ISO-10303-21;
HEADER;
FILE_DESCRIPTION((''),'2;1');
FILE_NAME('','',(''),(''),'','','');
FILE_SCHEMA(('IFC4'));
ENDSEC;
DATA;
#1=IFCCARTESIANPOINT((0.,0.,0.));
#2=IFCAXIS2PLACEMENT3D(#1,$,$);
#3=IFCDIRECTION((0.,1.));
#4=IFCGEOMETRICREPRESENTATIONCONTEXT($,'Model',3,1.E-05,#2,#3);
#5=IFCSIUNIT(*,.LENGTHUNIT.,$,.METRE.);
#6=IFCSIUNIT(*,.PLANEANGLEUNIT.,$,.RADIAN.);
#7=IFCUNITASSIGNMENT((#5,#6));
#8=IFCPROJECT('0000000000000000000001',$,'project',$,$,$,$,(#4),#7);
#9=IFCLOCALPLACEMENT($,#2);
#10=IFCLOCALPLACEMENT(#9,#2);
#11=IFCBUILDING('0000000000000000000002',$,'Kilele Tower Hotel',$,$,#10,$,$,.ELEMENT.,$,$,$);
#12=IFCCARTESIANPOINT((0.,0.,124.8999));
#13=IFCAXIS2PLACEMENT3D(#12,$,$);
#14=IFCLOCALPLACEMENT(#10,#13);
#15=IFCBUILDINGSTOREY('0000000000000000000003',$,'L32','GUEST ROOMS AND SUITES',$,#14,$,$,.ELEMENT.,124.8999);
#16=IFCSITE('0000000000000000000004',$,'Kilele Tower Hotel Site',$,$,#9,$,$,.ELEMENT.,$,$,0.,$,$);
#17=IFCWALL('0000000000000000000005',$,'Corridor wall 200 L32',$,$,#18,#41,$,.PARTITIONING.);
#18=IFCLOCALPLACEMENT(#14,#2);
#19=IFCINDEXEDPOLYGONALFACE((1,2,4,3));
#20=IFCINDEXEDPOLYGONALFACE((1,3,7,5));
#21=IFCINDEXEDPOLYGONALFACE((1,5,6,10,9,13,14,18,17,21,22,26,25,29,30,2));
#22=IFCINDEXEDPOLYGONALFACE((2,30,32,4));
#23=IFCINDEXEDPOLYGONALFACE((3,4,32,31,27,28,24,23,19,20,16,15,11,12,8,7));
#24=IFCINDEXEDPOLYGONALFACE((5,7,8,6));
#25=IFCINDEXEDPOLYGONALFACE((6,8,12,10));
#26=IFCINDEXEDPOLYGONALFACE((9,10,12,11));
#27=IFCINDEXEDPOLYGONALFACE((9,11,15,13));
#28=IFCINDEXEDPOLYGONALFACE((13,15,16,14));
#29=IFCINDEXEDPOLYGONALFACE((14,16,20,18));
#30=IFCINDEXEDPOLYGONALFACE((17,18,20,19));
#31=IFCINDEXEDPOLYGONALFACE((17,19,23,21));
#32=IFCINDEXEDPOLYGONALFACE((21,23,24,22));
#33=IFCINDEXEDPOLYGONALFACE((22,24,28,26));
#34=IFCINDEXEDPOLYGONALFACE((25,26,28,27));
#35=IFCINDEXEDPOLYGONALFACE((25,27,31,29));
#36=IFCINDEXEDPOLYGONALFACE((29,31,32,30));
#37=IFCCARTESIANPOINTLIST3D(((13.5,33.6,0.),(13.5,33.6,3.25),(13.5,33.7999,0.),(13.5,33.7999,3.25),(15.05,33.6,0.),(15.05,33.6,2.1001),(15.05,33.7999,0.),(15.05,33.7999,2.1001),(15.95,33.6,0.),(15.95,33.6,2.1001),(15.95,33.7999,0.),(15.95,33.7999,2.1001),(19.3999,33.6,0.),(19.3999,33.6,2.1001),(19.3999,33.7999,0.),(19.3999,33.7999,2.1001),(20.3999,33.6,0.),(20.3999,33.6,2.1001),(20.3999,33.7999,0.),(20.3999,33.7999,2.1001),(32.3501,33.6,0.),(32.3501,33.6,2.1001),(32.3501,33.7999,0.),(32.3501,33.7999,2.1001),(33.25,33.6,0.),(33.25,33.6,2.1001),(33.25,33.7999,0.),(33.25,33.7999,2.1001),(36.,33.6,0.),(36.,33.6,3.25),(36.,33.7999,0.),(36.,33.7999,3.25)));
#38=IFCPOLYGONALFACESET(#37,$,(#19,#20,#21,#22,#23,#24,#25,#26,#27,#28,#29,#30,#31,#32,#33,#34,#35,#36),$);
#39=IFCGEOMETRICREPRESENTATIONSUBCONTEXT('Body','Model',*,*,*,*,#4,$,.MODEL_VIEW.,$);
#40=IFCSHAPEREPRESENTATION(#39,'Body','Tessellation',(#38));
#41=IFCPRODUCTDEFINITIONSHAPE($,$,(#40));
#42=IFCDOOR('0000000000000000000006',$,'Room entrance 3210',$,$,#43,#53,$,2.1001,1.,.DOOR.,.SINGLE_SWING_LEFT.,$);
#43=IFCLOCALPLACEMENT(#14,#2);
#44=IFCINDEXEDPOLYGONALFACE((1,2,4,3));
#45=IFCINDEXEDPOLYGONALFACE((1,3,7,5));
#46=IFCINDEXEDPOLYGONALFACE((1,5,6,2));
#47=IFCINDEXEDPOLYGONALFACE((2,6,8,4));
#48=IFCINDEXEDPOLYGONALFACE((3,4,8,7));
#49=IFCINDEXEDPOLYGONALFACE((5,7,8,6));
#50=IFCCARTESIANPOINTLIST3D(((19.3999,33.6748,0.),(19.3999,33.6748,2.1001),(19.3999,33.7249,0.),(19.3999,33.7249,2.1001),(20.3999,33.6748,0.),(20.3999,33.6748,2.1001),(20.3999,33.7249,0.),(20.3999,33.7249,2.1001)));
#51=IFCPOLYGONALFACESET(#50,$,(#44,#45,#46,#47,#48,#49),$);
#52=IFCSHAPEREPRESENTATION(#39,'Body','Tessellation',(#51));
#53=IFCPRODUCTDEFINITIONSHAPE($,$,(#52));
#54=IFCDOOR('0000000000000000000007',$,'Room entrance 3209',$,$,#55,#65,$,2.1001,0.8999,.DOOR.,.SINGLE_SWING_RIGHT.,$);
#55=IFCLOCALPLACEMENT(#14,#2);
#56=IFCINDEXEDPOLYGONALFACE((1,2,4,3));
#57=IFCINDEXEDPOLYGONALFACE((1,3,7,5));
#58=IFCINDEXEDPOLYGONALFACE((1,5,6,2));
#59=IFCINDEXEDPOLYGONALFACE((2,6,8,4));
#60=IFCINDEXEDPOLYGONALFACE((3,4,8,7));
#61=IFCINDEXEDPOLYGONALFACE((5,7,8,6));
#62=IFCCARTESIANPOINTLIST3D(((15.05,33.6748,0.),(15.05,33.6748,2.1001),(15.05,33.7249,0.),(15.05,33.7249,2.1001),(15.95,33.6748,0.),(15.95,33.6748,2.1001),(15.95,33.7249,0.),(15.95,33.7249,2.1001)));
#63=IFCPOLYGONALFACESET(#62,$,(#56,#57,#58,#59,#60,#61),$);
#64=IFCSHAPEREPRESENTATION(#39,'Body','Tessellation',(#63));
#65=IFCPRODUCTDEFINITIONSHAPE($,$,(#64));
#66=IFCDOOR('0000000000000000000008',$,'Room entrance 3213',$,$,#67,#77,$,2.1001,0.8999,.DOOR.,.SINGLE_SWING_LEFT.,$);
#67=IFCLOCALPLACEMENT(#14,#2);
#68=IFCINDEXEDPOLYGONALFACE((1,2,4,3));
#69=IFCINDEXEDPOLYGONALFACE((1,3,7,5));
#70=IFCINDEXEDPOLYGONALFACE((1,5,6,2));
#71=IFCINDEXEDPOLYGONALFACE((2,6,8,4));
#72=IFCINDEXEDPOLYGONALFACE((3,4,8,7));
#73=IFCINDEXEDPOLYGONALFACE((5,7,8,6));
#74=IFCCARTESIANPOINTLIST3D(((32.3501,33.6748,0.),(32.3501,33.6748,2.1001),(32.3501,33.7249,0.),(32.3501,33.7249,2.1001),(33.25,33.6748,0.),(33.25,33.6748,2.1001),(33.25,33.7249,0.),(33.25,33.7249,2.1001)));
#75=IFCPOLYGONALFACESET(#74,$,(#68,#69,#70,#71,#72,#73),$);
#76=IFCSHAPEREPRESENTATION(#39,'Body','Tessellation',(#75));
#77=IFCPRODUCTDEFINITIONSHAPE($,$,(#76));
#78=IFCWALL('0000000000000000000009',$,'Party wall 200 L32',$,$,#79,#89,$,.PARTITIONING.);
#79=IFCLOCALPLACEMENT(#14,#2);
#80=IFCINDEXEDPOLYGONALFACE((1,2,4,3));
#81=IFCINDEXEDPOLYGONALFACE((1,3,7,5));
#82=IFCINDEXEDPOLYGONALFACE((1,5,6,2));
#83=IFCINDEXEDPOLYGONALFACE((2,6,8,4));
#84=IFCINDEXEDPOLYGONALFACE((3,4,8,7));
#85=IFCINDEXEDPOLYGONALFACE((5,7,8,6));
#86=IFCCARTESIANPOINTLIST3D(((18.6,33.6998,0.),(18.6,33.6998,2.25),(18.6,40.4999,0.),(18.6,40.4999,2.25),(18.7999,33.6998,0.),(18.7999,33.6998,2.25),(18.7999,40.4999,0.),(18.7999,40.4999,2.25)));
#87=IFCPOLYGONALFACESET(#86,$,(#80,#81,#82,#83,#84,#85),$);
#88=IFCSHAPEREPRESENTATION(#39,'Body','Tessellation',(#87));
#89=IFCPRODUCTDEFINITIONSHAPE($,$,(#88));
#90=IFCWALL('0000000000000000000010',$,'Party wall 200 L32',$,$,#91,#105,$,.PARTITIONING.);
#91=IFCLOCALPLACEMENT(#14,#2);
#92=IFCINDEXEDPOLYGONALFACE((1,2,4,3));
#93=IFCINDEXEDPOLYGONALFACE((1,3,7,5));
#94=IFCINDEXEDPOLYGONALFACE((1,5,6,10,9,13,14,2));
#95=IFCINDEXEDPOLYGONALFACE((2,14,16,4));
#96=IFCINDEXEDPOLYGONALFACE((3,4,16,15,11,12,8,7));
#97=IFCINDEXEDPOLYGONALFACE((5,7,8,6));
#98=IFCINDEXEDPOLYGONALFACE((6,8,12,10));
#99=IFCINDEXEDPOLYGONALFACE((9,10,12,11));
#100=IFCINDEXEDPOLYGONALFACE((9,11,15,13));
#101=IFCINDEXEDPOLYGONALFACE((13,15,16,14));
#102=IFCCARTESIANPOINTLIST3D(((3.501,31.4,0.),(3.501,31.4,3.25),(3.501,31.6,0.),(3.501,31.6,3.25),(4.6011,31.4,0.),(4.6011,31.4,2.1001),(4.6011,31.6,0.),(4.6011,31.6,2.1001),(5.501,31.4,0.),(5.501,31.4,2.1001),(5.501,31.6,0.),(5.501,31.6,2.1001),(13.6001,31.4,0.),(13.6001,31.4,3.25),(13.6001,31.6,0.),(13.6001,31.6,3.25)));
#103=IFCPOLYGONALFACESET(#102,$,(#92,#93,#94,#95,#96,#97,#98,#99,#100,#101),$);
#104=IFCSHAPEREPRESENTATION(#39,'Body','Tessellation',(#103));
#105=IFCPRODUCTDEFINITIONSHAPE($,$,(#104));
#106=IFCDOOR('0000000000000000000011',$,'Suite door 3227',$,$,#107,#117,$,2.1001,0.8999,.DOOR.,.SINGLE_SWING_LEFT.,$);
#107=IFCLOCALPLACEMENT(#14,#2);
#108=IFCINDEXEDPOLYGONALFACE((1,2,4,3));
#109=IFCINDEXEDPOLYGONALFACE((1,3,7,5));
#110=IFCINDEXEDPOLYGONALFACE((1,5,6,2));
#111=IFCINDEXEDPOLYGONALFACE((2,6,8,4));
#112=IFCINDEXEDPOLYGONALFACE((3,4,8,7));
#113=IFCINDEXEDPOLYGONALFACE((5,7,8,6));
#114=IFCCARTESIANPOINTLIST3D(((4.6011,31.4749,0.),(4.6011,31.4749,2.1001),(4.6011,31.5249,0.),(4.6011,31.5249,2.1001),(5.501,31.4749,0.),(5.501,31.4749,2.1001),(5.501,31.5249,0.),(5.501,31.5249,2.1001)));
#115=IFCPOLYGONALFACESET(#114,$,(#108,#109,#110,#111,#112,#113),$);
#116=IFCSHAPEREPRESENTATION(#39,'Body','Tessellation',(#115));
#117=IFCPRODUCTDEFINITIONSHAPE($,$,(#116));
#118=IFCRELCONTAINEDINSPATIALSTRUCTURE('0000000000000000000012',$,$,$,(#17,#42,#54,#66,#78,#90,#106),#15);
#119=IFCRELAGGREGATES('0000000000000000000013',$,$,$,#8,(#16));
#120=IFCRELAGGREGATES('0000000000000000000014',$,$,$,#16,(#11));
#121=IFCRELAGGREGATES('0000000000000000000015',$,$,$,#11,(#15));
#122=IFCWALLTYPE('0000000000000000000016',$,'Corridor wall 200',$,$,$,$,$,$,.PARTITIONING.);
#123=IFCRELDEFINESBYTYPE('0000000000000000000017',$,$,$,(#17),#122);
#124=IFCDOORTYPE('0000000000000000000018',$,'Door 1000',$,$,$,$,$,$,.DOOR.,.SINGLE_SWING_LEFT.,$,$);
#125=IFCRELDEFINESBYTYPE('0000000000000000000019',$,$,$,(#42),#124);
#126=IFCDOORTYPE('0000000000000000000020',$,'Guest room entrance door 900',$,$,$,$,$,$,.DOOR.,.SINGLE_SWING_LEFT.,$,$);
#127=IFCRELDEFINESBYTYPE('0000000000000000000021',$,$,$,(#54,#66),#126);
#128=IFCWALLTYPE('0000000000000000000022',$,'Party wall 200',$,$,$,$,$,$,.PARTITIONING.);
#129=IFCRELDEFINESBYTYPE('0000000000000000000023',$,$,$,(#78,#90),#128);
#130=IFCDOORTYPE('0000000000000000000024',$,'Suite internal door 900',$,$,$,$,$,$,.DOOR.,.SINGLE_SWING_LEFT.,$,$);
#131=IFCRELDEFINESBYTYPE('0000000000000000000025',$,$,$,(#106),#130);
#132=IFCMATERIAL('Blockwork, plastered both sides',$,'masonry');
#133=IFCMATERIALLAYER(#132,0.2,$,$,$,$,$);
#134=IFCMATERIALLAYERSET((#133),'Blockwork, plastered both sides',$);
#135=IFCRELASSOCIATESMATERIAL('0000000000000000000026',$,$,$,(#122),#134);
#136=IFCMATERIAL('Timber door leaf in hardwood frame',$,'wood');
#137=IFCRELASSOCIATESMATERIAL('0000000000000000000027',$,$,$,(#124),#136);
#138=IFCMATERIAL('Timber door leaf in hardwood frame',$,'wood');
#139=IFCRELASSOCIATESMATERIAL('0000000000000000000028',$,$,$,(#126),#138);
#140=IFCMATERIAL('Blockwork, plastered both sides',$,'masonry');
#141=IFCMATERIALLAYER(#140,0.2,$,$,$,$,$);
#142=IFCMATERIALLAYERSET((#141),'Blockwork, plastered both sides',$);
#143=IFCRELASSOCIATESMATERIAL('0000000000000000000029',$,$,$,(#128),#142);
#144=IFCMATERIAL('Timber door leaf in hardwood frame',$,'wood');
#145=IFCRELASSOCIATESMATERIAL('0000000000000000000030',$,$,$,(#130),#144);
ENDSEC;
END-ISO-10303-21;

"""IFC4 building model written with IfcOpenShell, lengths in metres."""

from ifc_helpers import new_model, si_unit, direction, frame, frame_2d, origin, place, context, subcontext, project, spatial, rectangle, extrude, material, layer, layer_set, type_object, element, fill, save


model = new_model("IFC4")

# Units and contexts
model_context = context("Model", 3, precision=1e-05, world=origin(), true_north=direction((0.0, 1.0)))
body_context = subcontext(model_context, "Body", "Model", "MODEL_VIEW")
ifc_project = project(units=[si_unit("LENGTHUNIT", "METRE"), si_unit("PLANEANGLEUNIT", "RADIAN")], contexts=[model_context])

# Site, building, storey
site_placement = place(None, origin())
site = spatial("IfcSite", under=ifc_project, at=site_placement, Name="Kilele Tower Hotel Site", CompositionType="ELEMENT", RefElevation=0.0)
building_placement = place(site_placement, origin())
building = spatial("IfcBuilding", under=site, at=building_placement, Name="Kilele Tower Hotel", CompositionType="ELEMENT")
storey_placement = place(building_placement, frame((0.0, 0.0, 124.8999)))
storey = spatial("IfcBuildingStorey", under=building, at=storey_placement, Name="L32", Description="GUEST ROOMS AND SUITES", CompositionType="ELEMENT", Elevation=124.8999)

# Wall, openings, doors
ifc_material_1 = material(Name="Blockwork, plastered both sides", Category="masonry")
ifc_layer_1 = layer(ifc_material_1, 0.2)
ifc_layer_set_1 = layer_set([ifc_layer_1], Name="Blockwork, plastered both sides")
wall_type_1 = type_object("IfcWallType", Name="Corridor wall 200", PredefinedType="PARTITIONING", material=ifc_layer_set_1)
wall_1_placement = place(storey_placement, frame((13.5, 33.7, 0.0), z_axis=(0.0, 0.0, 1.0), x_axis=(1.0, 0.0, 0.0)))
wall_1 = element("IfcWall", 1, at=wall_1_placement, inside=storey, type_object=wall_type_1, Name="Corridor wall 200 L32", PredefinedType="PARTITIONING", context=body_context, shape_type="SweptSolid", body=[
    extrude(rectangle(XDim=22.5, YDim=0.2, at=frame_2d((11.25, 0.0))), origin(), (0.0, 0.0, 1.0), 3.25),
])
opening_1_placement = place(wall_1_placement, frame((1.55, 0.0, 0.0)))
opening_1 = element("IfcOpeningElement", 2, at=opening_1_placement, cuts=wall_1, PredefinedType="OPENING", context=body_context, shape_type="SweptSolid", body=[
    extrude(rectangle(XDim=0.8999, YDim=2.1001, at=frame_2d((0.45, 1.05))), frame((0.0, 0.1099, 0.0), z_axis=(0.0, -1.0, 0.0), x_axis=(1.0, 0.0, 0.0)), (0.0, 0.0, 1.0), 0.22),
])
opening_2_placement = place(wall_1_placement, frame((5.8999, 0.0, 0.0)))
opening_2 = element("IfcOpeningElement", 3, at=opening_2_placement, cuts=wall_1, PredefinedType="OPENING", context=body_context, shape_type="SweptSolid", body=[
    extrude(rectangle(XDim=1.0, YDim=2.1001, at=frame_2d((0.5, 1.05))), frame((0.0, 0.1099, 0.0), z_axis=(0.0, -1.0, 0.0), x_axis=(1.0, 0.0, 0.0)), (0.0, 0.0, 1.0), 0.22),
])
opening_3_placement = place(wall_1_placement, frame((18.8501, 0.0, 0.0)))
opening_3 = element("IfcOpeningElement", 4, at=opening_3_placement, cuts=wall_1, PredefinedType="OPENING", context=body_context, shape_type="SweptSolid", body=[
    extrude(rectangle(XDim=0.8999, YDim=2.1001, at=frame_2d((0.45, 1.05))), frame((0.0, 0.1099, 0.0), z_axis=(0.0, -1.0, 0.0), x_axis=(1.0, 0.0, 0.0)), (0.0, 0.0, 1.0), 0.22),
])
ifc_material_2 = material(Name="Timber door leaf in hardwood frame", Category="wood")
door_type_1 = type_object("IfcDoorType", Name="Door 1000", OperationType="SINGLE_SWING_LEFT", PredefinedType="DOOR", material=ifc_material_2)
door_1_placement = place(opening_2_placement, origin())
door_1 = element("IfcDoor", 5, at=door_1_placement, inside=storey, type_object=door_type_1, Name="Room entrance 3210", OperationType="SINGLE_SWING_LEFT", OverallHeight=2.1001, OverallWidth=1.0, PredefinedType="DOOR", context=body_context, shape_type="SweptSolid", body=[
    extrude(rectangle(XDim=1.0, YDim=2.1001, at=frame_2d((0.5, 1.05))), frame((0.0, 0.0249, 0.0), z_axis=(0.0, -1.0, 0.0), x_axis=(1.0, 0.0, 0.0)), (0.0, 0.0, 1.0), 0.05),
])
fill(opening_2, door_1)
ifc_material_3 = material(Name="Timber door leaf in hardwood frame", Category="wood")
door_type_2 = type_object("IfcDoorType", Name="Guest room entrance door 900", OperationType="SINGLE_SWING_LEFT", PredefinedType="DOOR", material=ifc_material_3)
door_2_placement = place(opening_1_placement, origin())
door_2 = element("IfcDoor", 6, at=door_2_placement, inside=storey, type_object=door_type_2, Name="Room entrance 3209", OperationType="SINGLE_SWING_RIGHT", OverallHeight=2.1001, OverallWidth=0.8999, PredefinedType="DOOR", context=body_context, shape_type="SweptSolid", body=[
    extrude(rectangle(XDim=0.8999, YDim=2.1001, at=frame_2d((0.45, 1.05))), frame((0.0, 0.0249, 0.0), z_axis=(0.0, -1.0, 0.0), x_axis=(1.0, 0.0, 0.0)), (0.0, 0.0, 1.0), 0.05),
])
fill(opening_1, door_2)
door_3_placement = place(opening_3_placement, origin())
door_3 = element("IfcDoor", 7, at=door_3_placement, inside=storey, type_object=door_type_2, Name="Room entrance 3213", OperationType="SINGLE_SWING_LEFT", OverallHeight=2.1001, OverallWidth=0.8999, PredefinedType="DOOR", context=body_context, shape_type="SweptSolid", body=[
    extrude(rectangle(XDim=0.8999, YDim=2.1001, at=frame_2d((0.45, 1.05))), frame((0.0, 0.0249, 0.0), z_axis=(0.0, -1.0, 0.0), x_axis=(1.0, 0.0, 0.0)), (0.0, 0.0, 1.0), 0.05),
])
fill(opening_3, door_3)

# Wall
ifc_material_4 = material(Name="Blockwork, plastered both sides", Category="masonry")
ifc_layer_2 = layer(ifc_material_4, 0.2)
ifc_layer_set_2 = layer_set([ifc_layer_2], Name="Blockwork, plastered both sides")
wall_type_2 = type_object("IfcWallType", Name="Party wall 200", PredefinedType="PARTITIONING", material=ifc_layer_set_2)
wall_2_placement = place(storey_placement, frame((18.7, 33.7, 0.0), z_axis=(0.0, 0.0, 1.0), x_axis=(0.0, 1.0, 0.0)))
element("IfcWall", 8, at=wall_2_placement, inside=storey, type_object=wall_type_2, Name="Party wall 200 L32", PredefinedType="PARTITIONING", context=body_context, shape_type="SweptSolid", body=[
    extrude(rectangle(XDim=6.8, YDim=0.2, at=frame_2d((3.3999, 0.0))), origin(), (0.0, 0.0, 1.0), 2.25),
])

# Wall, opening, door
wall_3_placement = place(storey_placement, frame((13.6001, 31.5, 0.0), z_axis=(0.0, 0.0, 1.0), x_axis=(-1.0, 0.0, 0.0)))
wall_3 = element("IfcWall", 9, at=wall_3_placement, inside=storey, type_object=wall_type_2, Name="Party wall 200 L32", PredefinedType="PARTITIONING", context=body_context, shape_type="SweptSolid", body=[
    extrude(rectangle(XDim=10.0991, YDim=0.2, at=frame_2d((5.0496, 0.0))), origin(), (0.0, 0.0, 1.0), 3.25),
])
opening_4_placement = place(wall_3_placement, frame((8.999, 0.0, 0.0), z_axis=(0.0, 0.0, 1.0), x_axis=(-1.0, 0.0, 0.0)))
opening_4 = element("IfcOpeningElement", 10, at=opening_4_placement, cuts=wall_3, PredefinedType="OPENING", context=body_context, shape_type="SweptSolid", body=[
    extrude(rectangle(XDim=0.8999, YDim=2.1001, at=frame_2d((0.45, 1.05))), frame((0.0, 0.1099, 0.0), z_axis=(0.0, -1.0, 0.0), x_axis=(1.0, 0.0, 0.0)), (0.0, 0.0, 1.0), 0.22),
])
ifc_material_5 = material(Name="Timber door leaf in hardwood frame", Category="wood")
door_type_3 = type_object("IfcDoorType", Name="Suite internal door 900", OperationType="SINGLE_SWING_LEFT", PredefinedType="DOOR", material=ifc_material_5)
door_4_placement = place(opening_4_placement, origin())
door_4 = element("IfcDoor", 11, at=door_4_placement, inside=storey, type_object=door_type_3, Name="Suite door 3227", OperationType="SINGLE_SWING_LEFT", OverallHeight=2.1001, OverallWidth=0.8999, PredefinedType="DOOR", context=body_context, shape_type="SweptSolid", body=[
    extrude(rectangle(XDim=0.8999, YDim=2.1001, at=frame_2d((0.45, 1.05))), frame((0.0, 0.0249, 0.0), z_axis=(0.0, -1.0, 0.0), x_axis=(1.0, 0.0, 0.0)), (0.0, 0.0, 1.0), 0.05),
])
fill(opening_4, door_4)

save(model, "model.ifc")
